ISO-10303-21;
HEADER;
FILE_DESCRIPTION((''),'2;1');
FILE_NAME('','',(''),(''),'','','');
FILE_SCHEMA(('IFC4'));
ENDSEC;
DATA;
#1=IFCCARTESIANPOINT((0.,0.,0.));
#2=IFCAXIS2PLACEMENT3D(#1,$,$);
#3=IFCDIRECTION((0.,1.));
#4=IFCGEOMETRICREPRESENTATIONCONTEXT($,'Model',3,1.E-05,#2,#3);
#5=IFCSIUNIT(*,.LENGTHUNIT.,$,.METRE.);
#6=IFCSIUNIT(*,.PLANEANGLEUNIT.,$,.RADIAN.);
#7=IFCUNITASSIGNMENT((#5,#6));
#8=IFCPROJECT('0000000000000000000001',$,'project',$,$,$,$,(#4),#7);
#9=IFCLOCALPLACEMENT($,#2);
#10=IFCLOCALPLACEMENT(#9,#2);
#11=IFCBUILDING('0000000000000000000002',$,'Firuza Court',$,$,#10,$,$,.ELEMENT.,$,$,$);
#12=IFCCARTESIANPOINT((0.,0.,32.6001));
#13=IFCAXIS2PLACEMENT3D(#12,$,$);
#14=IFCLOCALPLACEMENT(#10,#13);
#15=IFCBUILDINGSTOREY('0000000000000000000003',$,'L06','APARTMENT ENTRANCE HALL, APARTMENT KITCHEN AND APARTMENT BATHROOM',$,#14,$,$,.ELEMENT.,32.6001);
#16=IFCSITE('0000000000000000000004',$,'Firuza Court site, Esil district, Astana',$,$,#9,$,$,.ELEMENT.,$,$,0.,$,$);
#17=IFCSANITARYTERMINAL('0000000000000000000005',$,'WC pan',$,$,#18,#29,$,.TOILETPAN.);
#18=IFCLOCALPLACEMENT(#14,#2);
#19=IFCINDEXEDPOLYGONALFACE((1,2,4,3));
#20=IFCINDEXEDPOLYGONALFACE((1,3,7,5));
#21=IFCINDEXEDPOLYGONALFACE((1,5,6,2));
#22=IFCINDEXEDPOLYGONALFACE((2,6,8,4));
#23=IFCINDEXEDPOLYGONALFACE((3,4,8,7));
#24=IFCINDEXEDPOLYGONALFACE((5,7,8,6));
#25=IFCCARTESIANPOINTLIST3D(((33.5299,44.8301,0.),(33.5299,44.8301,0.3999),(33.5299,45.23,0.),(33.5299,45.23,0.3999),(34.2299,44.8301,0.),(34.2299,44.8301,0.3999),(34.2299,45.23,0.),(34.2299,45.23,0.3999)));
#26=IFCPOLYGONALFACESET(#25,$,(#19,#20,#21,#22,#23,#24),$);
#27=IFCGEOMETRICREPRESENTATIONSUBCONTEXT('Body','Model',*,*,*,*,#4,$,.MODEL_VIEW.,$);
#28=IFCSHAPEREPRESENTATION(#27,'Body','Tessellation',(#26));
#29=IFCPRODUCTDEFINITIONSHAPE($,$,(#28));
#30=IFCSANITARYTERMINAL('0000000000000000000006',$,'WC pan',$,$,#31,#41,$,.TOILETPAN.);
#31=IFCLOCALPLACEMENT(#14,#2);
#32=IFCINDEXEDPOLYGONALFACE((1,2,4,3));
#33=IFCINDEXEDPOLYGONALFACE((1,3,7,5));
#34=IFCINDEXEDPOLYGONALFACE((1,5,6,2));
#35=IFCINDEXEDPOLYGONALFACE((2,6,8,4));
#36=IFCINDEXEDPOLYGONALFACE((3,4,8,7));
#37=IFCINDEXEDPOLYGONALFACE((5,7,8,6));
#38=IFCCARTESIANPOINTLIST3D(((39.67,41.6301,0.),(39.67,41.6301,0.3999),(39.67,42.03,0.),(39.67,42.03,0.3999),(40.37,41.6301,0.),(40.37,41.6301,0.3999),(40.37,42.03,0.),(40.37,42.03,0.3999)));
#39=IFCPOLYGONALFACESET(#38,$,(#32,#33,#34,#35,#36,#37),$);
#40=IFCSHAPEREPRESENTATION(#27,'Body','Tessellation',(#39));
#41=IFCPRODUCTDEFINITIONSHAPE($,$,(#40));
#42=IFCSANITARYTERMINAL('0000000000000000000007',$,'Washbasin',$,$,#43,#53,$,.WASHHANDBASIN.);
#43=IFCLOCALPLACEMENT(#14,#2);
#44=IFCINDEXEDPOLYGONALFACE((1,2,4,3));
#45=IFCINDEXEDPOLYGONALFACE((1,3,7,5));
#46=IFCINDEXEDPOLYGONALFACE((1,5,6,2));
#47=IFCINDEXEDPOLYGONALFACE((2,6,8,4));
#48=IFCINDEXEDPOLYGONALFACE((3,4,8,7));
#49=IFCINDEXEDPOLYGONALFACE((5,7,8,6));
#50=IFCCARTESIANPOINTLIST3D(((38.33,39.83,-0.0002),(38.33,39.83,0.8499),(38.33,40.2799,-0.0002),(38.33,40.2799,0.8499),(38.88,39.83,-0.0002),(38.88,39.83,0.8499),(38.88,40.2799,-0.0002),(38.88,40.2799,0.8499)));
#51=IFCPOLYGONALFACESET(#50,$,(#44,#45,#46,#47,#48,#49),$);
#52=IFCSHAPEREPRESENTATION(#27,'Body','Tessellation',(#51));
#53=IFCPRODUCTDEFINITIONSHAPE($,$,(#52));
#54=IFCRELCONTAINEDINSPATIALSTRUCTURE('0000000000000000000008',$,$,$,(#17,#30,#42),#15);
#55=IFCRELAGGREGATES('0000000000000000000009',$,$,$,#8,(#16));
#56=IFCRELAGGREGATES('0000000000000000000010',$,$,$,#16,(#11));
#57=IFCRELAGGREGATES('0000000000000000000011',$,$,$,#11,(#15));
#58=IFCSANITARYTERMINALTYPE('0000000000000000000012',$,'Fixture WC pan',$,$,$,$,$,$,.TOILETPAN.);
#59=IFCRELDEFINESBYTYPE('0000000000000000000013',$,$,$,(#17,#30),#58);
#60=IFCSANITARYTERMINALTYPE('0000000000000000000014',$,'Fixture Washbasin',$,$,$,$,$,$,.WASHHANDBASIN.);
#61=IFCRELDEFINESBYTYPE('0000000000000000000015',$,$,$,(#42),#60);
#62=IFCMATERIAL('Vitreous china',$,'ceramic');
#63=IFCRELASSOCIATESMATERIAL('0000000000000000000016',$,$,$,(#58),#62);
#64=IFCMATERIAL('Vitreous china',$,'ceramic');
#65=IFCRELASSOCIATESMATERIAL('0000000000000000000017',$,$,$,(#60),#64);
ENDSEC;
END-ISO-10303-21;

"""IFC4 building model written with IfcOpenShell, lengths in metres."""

from ifc_helpers import new_model, si_unit, direction, frame, origin, origin_2d, place, context, subcontext, project, spatial, rectangle, extrude, material, type_object, element, save


model = new_model("IFC4")

# Units and contexts
model_context = context("Model", 3, precision=1e-05, world=origin(), true_north=direction((0.0, 1.0)))
body_context = subcontext(model_context, "Body", "Model", "MODEL_VIEW")
ifc_project = project(units=[si_unit("LENGTHUNIT", "METRE"), si_unit("PLANEANGLEUNIT", "RADIAN")], contexts=[model_context])

# Site, building, storey
site_placement = place(None, origin())
site = spatial("IfcSite", under=ifc_project, at=site_placement, Name="Firuza Court site, Esil district, Astana", CompositionType="ELEMENT", RefElevation=0.0)
building_placement = place(site_placement, origin())
building = spatial("IfcBuilding", under=site, at=building_placement, Name="Firuza Court", CompositionType="ELEMENT")
storey_placement = place(building_placement, frame((0.0, 0.0, 32.6001)))
storey = spatial("IfcBuildingStorey", under=building, at=storey_placement, Name="L06", Description="APARTMENT ENTRANCE HALL, APARTMENT KITCHEN AND APARTMENT BATHROOM", CompositionType="ELEMENT", Elevation=32.6001)

# Sanitary terminals
ifc_material_1 = material(Name="Vitreous china", Category="ceramic")
sanitary_terminal_type_1 = type_object("IfcSanitaryTerminalType", Name="Fixture WC pan", PredefinedType="TOILETPAN", material=ifc_material_1)
for number, where, z_axis, x_axis, name in (
    (1, (33.8799, 45.03, 0.0), (0.0, 0.0, 1.0), (1.0, 0.0, 0.0), "WC pan"),
    (2, (40.02, 41.8301, 0.0), (0.0, 0.0, 1.0), (1.0, 0.0, 0.0), "WC pan"),
):
    element("IfcSanitaryTerminal", number, at=place(storey_placement, frame(where, z_axis=z_axis, x_axis=x_axis)), inside=storey, type_object=sanitary_terminal_type_1, Name=name, PredefinedType="TOILETPAN", context=body_context, shape_type="SweptSolid", body=[
        extrude(rectangle(XDim=0.7, YDim=0.3999, at=origin_2d()), origin(), (0.0, 0.0, 1.0), 0.3999),
    ])
ifc_material_2 = material(Name="Vitreous china", Category="ceramic")
sanitary_terminal_type_2 = type_object("IfcSanitaryTerminalType", Name="Fixture Washbasin", PredefinedType="WASHHANDBASIN", material=ifc_material_2)
sanitary_terminal_1_placement = place(storey_placement, frame((38.605, 40.0549, -0.0002), z_axis=(0.0, 0.0, 1.0), x_axis=(1.0, 0.0, 0.0)))
element("IfcSanitaryTerminal", 3, at=sanitary_terminal_1_placement, inside=storey, type_object=sanitary_terminal_type_2, Name="Washbasin", PredefinedType="WASHHANDBASIN", context=body_context, shape_type="SweptSolid", body=[
    extrude(rectangle(XDim=0.55, YDim=0.45, at=origin_2d()), origin(), (0.0, 0.0, 1.0), 0.8501),
])

save(model, "model.ifc")
